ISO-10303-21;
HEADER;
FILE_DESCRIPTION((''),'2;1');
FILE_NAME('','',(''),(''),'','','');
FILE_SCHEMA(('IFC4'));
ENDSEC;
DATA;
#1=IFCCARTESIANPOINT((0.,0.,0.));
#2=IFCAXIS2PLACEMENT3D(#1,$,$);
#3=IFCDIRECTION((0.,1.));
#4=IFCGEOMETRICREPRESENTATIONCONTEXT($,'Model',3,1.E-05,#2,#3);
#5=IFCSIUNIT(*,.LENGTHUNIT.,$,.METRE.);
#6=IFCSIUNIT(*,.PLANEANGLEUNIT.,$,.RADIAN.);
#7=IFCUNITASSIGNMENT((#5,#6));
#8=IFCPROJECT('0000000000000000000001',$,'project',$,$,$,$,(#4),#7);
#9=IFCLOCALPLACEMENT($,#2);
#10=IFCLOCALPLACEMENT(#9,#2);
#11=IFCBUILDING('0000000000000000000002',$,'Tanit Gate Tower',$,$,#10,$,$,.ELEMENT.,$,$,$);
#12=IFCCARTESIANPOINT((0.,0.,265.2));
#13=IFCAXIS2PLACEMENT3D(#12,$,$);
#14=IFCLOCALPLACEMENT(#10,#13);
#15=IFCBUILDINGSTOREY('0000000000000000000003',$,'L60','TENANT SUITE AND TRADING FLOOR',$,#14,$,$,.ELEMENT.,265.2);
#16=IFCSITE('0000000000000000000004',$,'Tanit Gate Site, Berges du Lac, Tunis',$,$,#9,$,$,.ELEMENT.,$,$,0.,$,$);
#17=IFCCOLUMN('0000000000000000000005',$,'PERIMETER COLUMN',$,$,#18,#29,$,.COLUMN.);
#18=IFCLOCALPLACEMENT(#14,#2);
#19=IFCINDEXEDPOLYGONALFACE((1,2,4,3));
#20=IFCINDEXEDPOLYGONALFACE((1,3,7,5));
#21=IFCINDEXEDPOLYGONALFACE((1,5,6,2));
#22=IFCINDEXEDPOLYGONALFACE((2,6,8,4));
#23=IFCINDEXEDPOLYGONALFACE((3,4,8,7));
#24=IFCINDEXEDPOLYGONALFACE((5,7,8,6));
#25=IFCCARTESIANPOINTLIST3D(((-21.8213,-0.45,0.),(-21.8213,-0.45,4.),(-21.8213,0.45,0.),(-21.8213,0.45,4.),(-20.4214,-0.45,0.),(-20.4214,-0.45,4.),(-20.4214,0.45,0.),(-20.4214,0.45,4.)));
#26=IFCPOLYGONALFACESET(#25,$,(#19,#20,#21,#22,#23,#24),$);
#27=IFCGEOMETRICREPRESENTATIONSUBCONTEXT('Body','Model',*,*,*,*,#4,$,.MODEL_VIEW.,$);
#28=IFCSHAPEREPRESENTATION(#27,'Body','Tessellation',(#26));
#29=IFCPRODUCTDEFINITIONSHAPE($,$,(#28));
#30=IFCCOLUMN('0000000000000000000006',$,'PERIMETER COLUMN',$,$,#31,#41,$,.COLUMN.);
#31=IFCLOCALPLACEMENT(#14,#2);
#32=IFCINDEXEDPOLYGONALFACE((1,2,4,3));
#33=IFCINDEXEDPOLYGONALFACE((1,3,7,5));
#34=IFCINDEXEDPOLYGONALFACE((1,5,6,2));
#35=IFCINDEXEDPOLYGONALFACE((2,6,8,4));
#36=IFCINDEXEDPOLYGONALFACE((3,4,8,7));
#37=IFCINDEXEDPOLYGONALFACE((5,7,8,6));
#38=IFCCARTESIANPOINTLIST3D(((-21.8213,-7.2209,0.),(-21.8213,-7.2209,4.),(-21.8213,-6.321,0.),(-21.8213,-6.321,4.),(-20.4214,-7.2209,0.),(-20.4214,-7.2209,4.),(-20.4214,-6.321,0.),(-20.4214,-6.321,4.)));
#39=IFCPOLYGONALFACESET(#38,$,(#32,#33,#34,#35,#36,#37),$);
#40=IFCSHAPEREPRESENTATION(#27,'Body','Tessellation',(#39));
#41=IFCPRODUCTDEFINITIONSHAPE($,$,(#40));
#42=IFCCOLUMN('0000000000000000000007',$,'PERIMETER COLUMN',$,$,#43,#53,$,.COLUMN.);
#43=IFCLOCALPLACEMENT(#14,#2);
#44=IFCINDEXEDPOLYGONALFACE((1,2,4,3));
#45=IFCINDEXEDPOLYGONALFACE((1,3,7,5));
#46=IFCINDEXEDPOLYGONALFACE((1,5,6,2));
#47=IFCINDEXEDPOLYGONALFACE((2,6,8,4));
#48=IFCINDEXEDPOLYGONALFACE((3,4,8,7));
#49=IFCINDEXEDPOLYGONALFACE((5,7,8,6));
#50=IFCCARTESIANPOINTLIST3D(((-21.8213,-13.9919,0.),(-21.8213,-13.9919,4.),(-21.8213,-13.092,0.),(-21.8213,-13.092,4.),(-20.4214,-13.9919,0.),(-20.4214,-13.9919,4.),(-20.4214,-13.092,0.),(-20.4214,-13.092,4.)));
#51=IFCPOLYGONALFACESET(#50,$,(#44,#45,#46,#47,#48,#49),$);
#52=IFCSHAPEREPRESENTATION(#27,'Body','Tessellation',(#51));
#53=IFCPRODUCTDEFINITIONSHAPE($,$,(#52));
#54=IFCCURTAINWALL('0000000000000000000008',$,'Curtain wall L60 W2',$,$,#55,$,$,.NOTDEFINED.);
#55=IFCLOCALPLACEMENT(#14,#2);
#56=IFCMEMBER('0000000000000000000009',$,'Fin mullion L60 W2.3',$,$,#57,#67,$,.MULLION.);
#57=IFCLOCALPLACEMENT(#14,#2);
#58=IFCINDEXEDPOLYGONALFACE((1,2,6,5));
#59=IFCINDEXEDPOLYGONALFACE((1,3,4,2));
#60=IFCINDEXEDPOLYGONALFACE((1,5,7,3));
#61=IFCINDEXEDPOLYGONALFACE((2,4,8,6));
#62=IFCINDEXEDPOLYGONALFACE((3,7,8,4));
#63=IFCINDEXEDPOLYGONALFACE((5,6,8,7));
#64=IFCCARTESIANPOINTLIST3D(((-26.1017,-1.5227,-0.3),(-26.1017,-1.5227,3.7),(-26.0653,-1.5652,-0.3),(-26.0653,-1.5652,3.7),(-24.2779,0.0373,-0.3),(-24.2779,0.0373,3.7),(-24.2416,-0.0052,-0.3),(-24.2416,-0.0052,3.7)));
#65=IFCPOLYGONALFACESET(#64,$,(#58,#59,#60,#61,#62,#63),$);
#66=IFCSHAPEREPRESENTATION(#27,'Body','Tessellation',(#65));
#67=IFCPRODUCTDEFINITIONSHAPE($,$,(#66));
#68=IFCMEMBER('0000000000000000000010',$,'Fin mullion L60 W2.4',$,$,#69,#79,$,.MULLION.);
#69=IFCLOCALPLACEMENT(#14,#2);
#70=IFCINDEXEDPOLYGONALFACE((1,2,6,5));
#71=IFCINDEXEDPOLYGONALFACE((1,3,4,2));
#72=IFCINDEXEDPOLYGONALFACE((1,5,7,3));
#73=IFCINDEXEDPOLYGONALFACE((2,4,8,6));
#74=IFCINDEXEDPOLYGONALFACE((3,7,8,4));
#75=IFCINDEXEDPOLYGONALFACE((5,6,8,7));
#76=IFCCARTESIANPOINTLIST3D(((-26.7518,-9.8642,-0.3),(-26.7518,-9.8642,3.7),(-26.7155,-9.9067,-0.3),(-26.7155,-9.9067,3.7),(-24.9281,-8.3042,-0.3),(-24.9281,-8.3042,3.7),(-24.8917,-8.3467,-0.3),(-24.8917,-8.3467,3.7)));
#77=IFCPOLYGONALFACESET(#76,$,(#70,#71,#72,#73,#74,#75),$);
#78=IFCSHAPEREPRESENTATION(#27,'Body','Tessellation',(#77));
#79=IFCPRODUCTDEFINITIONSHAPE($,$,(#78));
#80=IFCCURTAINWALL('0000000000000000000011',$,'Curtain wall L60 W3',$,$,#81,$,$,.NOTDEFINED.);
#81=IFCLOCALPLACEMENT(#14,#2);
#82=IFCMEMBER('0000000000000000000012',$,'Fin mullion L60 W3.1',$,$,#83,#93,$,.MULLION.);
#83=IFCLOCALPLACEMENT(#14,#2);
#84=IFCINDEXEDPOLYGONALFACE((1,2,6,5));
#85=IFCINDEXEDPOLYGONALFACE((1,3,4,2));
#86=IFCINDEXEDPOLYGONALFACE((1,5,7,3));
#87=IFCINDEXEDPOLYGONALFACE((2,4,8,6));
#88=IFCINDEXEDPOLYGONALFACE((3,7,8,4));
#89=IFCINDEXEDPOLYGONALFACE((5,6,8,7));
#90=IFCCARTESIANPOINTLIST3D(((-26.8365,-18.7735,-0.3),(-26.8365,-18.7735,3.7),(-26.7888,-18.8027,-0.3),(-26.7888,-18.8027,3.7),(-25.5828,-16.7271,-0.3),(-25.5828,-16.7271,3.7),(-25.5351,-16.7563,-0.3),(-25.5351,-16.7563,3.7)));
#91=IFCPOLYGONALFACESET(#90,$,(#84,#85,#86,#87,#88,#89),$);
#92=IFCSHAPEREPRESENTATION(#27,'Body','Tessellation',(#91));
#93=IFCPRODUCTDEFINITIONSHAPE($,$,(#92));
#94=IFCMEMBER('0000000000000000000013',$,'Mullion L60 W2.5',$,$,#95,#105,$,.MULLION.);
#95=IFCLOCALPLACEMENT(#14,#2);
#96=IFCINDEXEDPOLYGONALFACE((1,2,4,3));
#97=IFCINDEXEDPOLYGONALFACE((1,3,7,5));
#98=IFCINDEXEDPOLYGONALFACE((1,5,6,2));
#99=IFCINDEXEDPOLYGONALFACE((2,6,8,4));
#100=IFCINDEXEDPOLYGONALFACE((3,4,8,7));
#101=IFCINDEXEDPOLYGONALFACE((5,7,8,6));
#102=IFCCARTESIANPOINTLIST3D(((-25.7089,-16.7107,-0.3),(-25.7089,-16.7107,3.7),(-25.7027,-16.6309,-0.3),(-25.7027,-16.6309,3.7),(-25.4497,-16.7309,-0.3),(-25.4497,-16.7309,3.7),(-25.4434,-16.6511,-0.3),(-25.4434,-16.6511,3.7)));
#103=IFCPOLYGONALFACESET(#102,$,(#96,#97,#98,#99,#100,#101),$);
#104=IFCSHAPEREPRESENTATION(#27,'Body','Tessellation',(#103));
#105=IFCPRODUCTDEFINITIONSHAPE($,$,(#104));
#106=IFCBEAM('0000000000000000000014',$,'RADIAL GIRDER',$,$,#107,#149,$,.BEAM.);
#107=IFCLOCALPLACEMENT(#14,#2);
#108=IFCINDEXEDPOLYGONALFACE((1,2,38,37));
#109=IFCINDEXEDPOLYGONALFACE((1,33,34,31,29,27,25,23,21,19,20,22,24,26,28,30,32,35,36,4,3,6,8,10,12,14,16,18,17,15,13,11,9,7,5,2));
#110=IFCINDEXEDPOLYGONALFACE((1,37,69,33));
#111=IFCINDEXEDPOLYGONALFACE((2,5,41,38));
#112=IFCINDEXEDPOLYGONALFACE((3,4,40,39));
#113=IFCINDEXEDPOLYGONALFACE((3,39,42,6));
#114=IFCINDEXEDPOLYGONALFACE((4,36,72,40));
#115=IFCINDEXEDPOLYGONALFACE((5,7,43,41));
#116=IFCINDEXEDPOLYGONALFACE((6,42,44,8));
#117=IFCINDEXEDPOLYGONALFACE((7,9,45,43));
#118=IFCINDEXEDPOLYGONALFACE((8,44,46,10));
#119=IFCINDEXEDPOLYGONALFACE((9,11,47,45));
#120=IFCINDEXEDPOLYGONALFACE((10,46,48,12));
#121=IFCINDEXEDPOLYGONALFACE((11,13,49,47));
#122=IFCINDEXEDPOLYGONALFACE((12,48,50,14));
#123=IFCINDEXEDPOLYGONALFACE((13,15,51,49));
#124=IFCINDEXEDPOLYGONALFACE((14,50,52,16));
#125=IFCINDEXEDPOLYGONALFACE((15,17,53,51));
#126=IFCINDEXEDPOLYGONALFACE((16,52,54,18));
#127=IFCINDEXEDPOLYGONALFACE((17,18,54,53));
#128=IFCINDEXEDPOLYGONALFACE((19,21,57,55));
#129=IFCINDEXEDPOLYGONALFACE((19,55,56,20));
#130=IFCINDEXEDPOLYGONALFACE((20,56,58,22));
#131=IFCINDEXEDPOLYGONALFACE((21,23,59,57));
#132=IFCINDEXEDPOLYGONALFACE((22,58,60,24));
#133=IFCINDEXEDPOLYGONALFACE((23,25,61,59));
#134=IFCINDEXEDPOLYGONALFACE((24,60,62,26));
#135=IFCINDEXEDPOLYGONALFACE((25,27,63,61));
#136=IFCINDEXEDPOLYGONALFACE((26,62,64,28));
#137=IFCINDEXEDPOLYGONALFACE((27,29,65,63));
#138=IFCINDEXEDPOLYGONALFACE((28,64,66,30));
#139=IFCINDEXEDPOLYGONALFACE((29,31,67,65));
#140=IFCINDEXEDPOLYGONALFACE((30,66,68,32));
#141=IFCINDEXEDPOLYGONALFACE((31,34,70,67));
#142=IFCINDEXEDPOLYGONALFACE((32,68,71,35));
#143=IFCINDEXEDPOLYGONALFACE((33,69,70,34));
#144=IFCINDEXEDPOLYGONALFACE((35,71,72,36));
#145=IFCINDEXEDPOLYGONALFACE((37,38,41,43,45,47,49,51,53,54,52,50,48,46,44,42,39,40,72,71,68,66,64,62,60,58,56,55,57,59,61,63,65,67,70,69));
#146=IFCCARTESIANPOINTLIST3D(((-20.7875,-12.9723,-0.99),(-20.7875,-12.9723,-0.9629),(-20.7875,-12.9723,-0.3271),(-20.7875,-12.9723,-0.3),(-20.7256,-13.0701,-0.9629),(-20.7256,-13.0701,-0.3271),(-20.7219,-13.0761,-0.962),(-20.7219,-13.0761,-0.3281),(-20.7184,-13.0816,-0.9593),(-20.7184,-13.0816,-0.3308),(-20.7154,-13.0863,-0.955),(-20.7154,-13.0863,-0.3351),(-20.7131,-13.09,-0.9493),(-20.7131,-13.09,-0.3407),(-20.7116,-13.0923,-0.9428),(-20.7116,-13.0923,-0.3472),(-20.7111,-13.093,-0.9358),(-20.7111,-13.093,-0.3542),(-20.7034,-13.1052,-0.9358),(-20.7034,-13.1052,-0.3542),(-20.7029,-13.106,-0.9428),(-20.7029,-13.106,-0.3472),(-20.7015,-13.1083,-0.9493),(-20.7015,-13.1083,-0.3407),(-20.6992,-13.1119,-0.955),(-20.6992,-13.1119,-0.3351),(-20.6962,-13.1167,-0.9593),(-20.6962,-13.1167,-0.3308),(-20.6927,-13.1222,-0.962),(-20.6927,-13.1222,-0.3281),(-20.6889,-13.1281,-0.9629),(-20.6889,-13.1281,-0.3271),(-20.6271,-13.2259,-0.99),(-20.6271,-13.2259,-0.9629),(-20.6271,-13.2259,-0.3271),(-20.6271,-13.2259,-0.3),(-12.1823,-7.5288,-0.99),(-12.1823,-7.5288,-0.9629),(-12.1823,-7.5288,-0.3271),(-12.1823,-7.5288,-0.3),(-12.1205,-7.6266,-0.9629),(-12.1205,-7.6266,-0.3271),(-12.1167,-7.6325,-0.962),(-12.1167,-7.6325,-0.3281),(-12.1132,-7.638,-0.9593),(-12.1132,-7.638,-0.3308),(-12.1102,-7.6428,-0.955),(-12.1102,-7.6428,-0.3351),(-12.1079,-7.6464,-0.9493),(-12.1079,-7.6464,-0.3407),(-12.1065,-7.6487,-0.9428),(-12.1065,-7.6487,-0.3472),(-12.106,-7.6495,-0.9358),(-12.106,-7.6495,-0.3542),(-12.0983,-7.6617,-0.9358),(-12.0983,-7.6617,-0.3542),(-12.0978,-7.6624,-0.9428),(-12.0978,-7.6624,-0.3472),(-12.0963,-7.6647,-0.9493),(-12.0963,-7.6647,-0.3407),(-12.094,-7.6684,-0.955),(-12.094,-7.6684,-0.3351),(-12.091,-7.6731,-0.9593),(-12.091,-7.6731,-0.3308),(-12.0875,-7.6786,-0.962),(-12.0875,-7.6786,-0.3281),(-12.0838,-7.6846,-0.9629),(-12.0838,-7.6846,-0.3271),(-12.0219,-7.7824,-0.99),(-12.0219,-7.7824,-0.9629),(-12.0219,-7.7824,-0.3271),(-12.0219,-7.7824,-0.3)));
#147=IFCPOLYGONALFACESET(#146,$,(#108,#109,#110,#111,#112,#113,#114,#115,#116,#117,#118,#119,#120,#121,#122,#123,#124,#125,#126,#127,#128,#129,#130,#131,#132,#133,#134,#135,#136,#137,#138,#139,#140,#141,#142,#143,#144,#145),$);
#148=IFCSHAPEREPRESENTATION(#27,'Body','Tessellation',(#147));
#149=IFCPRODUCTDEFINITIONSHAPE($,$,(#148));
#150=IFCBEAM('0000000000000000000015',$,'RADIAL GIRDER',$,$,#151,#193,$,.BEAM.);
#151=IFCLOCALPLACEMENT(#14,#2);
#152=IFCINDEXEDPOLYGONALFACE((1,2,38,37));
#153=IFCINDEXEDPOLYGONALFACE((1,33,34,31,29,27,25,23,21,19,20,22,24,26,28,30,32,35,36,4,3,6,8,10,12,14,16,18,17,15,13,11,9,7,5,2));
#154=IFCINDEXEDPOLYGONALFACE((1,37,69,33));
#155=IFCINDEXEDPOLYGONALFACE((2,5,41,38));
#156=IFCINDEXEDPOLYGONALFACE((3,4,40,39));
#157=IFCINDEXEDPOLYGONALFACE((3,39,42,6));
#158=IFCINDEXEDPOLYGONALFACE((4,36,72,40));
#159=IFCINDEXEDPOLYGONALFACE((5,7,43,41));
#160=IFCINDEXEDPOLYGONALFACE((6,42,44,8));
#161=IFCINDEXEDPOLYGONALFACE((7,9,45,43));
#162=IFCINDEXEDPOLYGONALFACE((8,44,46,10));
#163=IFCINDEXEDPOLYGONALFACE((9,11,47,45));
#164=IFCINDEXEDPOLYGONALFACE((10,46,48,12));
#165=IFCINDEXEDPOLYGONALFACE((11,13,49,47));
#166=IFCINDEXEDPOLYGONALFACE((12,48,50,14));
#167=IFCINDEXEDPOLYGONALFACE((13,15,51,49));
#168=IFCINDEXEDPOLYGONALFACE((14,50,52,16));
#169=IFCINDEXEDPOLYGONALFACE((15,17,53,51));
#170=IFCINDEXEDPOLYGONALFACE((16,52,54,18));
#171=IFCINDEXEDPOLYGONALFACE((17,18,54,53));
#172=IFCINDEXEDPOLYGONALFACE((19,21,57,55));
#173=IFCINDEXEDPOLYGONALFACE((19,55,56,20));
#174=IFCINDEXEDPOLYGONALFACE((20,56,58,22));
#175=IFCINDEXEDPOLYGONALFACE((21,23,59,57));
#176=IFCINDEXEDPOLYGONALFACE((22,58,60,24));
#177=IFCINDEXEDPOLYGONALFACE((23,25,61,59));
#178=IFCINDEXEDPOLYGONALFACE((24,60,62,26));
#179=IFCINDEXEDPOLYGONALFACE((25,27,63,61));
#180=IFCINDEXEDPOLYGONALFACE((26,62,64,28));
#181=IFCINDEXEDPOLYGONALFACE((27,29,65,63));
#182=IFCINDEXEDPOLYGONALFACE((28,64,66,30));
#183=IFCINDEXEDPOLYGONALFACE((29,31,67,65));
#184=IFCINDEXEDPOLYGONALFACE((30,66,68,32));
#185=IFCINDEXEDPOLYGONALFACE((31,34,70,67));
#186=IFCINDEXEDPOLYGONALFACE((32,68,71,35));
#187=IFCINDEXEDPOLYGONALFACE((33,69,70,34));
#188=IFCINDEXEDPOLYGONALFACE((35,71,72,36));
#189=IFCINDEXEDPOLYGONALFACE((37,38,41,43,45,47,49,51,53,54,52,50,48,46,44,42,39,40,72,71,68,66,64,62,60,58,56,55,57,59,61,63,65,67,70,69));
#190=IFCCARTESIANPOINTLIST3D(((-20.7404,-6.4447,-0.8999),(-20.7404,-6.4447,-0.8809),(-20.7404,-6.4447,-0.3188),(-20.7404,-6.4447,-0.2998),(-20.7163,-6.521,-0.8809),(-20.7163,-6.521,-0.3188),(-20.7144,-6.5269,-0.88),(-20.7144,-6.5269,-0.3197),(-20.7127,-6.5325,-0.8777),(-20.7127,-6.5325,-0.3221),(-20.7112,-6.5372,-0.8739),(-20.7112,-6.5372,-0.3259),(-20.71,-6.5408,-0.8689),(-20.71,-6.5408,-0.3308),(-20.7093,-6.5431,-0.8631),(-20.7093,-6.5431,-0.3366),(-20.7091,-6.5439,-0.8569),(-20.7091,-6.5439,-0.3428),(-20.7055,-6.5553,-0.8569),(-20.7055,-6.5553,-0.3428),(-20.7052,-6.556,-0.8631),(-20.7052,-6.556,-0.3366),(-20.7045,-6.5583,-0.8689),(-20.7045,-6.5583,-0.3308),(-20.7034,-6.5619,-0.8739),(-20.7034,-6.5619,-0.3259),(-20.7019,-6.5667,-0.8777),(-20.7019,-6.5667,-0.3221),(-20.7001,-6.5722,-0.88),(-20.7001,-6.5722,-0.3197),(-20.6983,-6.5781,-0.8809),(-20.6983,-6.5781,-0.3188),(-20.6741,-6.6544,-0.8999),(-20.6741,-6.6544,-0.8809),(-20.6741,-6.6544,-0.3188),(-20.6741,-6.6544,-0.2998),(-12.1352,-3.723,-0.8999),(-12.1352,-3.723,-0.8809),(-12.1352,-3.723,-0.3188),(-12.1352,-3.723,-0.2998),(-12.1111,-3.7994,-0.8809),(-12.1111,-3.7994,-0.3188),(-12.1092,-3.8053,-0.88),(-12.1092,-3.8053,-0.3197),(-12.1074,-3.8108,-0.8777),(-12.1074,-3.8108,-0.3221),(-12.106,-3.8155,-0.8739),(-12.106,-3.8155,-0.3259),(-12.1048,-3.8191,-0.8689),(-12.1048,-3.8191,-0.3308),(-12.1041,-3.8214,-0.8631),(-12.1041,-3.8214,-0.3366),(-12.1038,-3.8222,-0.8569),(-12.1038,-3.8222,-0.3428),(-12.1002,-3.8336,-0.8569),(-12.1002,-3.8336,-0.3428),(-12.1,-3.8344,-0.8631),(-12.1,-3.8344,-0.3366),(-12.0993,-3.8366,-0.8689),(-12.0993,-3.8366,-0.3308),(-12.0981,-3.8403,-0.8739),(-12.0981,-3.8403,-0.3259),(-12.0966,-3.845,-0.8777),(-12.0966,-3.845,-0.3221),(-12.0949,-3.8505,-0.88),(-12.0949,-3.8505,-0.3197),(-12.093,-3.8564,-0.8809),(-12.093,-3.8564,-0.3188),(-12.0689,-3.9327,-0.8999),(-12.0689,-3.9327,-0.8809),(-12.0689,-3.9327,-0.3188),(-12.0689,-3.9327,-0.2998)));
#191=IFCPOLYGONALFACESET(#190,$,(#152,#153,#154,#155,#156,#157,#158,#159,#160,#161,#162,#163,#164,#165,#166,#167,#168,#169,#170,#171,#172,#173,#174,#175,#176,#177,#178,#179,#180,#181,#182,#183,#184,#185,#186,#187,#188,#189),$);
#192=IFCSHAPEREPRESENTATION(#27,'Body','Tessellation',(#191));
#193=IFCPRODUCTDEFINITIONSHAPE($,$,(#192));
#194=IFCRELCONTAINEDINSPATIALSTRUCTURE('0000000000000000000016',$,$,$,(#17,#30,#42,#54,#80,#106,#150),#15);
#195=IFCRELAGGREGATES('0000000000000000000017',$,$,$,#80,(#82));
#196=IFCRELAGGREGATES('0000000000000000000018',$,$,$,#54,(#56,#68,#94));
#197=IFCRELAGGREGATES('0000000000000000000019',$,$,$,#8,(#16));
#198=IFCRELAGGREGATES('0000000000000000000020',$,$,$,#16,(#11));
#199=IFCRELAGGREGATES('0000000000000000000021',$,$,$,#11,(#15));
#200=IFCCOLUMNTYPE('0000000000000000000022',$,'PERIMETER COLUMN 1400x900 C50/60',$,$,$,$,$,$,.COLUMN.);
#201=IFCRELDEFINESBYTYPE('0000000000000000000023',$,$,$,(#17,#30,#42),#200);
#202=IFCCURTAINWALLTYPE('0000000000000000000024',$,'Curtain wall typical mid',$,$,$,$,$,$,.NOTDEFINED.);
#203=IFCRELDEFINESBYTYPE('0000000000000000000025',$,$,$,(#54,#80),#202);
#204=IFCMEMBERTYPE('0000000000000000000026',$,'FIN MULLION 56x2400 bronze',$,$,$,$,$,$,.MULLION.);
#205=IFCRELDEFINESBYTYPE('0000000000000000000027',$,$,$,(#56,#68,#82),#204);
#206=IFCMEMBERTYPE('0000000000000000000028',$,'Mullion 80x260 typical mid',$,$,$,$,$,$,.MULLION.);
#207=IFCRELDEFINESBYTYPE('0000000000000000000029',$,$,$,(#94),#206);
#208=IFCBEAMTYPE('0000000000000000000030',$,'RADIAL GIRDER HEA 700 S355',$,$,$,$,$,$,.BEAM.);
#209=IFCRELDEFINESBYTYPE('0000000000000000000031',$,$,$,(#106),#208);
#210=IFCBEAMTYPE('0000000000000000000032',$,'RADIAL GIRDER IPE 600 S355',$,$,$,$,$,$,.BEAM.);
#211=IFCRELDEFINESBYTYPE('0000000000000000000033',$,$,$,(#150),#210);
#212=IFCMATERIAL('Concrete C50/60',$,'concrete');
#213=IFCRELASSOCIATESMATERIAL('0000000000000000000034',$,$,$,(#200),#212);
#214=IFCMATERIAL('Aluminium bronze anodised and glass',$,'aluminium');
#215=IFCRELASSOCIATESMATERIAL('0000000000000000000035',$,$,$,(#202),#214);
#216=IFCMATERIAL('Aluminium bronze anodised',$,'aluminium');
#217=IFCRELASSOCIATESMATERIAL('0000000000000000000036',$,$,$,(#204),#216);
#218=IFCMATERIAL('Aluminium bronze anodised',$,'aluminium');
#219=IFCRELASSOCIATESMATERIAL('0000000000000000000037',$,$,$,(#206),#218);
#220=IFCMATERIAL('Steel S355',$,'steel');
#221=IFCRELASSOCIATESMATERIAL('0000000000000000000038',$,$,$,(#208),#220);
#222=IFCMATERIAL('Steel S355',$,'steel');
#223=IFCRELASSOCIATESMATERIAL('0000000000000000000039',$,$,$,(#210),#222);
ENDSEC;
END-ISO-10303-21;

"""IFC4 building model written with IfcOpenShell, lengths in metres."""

from ifc_helpers import new_model, si_unit, direction, frame, origin, origin_2d, place, context, subcontext, project, spatial, rectangle, i_section, extrude, material, material_profile, profile_set, type_object, element, aggregate, save


model = new_model("IFC4")

# Units and contexts
model_context = context("Model", 3, precision=1e-05, world=origin(), true_north=direction((0.0, 1.0)))
body_context = subcontext(model_context, "Body", "Model", "MODEL_VIEW")
ifc_project = project(units=[si_unit("LENGTHUNIT", "METRE"), si_unit("PLANEANGLEUNIT", "RADIAN")], contexts=[model_context])

# Site, building, storey
site_placement = place(None, origin())
site = spatial("IfcSite", under=ifc_project, at=site_placement, Name="Tanit Gate Site, Berges du Lac, Tunis", CompositionType="ELEMENT", RefElevation=0.0)
building_placement = place(site_placement, origin())
building = spatial("IfcBuilding", under=site, at=building_placement, Name="Tanit Gate Tower", CompositionType="ELEMENT")
storey_placement = place(building_placement, frame((0.0, 0.0, 265.2)))
storey = spatial("IfcBuildingStorey", under=building, at=storey_placement, Name="L60", Description="TENANT SUITE AND TRADING FLOOR", CompositionType="ELEMENT", Elevation=265.2)

# Columns
ifc_material_1 = material(Name="Concrete C50/60", Category="concrete")
ifc_material_profile_1 = material_profile(ifc_material_1, rectangle(XDim=1.3999, YDim=0.8999, at=origin_2d()), Name="RC 1400x900")
ifc_profile_set_1 = profile_set([ifc_material_profile_1], Name="Concrete C50/60")
column_type = type_object("IfcColumnType", Name="PERIMETER COLUMN 1400x900 C50/60", PredefinedType="COLUMN", material=ifc_profile_set_1)
for number, where, z_axis, x_axis, name in (
    (1, (-21.1213, 0.0, 0.0), (0.0, 0.0, 1.0), (-1.0, 0.0, 0.0), "PERIMETER COLUMN"),
    (2, (-21.1213, -6.771, 0.0), (0.0, 0.0, 1.0), (-1.0, 0.0, 0.0), "PERIMETER COLUMN"),
    (3, (-21.1213, -13.542, 0.0), (0.0, 0.0, 1.0), (-1.0, 0.0, 0.0), "PERIMETER COLUMN"),
):
    element("IfcColumn", number, at=place(storey_placement, frame(where, z_axis=z_axis, x_axis=x_axis)), inside=storey, type_object=column_type, Name=name, PredefinedType="COLUMN", context=body_context, shape_type="SweptSolid", body=[
        extrude(rectangle(XDim=1.3999, YDim=0.8999, at=origin_2d()), origin(), (0.0, 0.0, 1.0), 4.0),
    ])

# Curtain wall, members
ifc_material_2 = material(Name="Aluminium bronze anodised and glass", Category="aluminium")
curtain_wall_type = type_object("IfcCurtainWallType", Name="Curtain wall typical mid", PredefinedType="NOTDEFINED", material=ifc_material_2)
curtain_wall_1_placement = place(storey_placement, origin())
curtain_wall_1 = element("IfcCurtainWall", 4, at=curtain_wall_1_placement, inside=storey, type_object=curtain_wall_type, Name="Curtain wall L60 W2", PredefinedType="NOTDEFINED")
ifc_material_3 = material(Name="Aluminium bronze anodised", Category="aluminium")
ifc_material_profile_2 = material_profile(ifc_material_3, rectangle(XDim=2.3999, YDim=0.0559, at=origin_2d()), Name="56x2400 bronze fin mullion")
ifc_profile_set_2 = profile_set([ifc_material_profile_2], Name="Aluminium bronze anodised")
member_type_1 = type_object("IfcMemberType", Name="FIN MULLION 56x2400 bronze", PredefinedType="MULLION", material=ifc_profile_set_2)
member_1_placement = place(storey_placement, frame((-25.1716, -0.7639, -0.3), z_axis=(0.0, 0.0, 1.0), x_axis=(0.759912, 0.650026, 0.0)))
member_1 = element("IfcMember", 5, at=member_1_placement, type_object=member_type_1, Name="Fin mullion L60 W2.3", PredefinedType="MULLION", context=body_context, shape_type="SweptSolid", body=[
    extrude(rectangle(XDim=2.3999, YDim=0.0559, at=origin_2d()), origin(), (0.0, 0.0, 1.0), 4.0),
])
member_2_placement = place(storey_placement, frame((-25.8218, -9.1055, -0.3), z_axis=(0.0, 0.0, 1.0), x_axis=(0.759912, 0.650026, 0.0)))
member_2 = element("IfcMember", 6, at=member_2_placement, type_object=member_type_1, Name="Fin mullion L60 W2.4", PredefinedType="MULLION", context=body_context, shape_type="SweptSolid", body=[
    extrude(rectangle(XDim=2.3999, YDim=0.0559, at=origin_2d()), origin(), (0.0, 0.0, 1.0), 4.0),
])

# Curtain wall, member
curtain_wall_2_placement = place(storey_placement, origin())
curtain_wall_2 = element("IfcCurtainWall", 7, at=curtain_wall_2_placement, inside=storey, type_object=curtain_wall_type, Name="Curtain wall L60 W3", PredefinedType="NOTDEFINED")
member_3_placement = place(storey_placement, frame((-26.1858, -17.7649, -0.3), z_axis=(0.0, 0.0, 1.0), x_axis=(0.522414, 0.852692, 0.0)))
member_3 = element("IfcMember", 8, at=member_3_placement, type_object=member_type_1, Name="Fin mullion L60 W3.1", PredefinedType="MULLION", context=body_context, shape_type="SweptSolid", body=[
    extrude(rectangle(XDim=2.3999, YDim=0.0559, at=origin_2d()), origin(), (0.0, 0.0, 1.0), 4.0),
])

# Member
ifc_material_4 = material(Name="Aluminium bronze anodised", Category="aluminium")
ifc_material_profile_3 = material_profile(ifc_material_4, rectangle(XDim=0.26, YDim=0.0801, at=origin_2d()), Name="80x260 bronze mullion")
ifc_profile_set_3 = profile_set([ifc_material_profile_3], Name="Aluminium bronze anodised")
member_type_2 = type_object("IfcMemberType", Name="Mullion 80x260 typical mid", PredefinedType="MULLION", material=ifc_profile_set_3)
member_4_placement = place(storey_placement, frame((-25.5762, -16.6809, -0.3), z_axis=(0.0, 0.0, 1.0), x_axis=(0.996977, -0.077701, 0.0)))
member_4 = element("IfcMember", 9, at=member_4_placement, type_object=member_type_2, Name="Mullion L60 W2.5", PredefinedType="MULLION", context=body_context, shape_type="SweptSolid", body=[
    extrude(rectangle(XDim=0.26, YDim=0.0801, at=origin_2d()), origin(), (0.0, 0.0, 1.0), 4.0),
])

# Beams
ifc_material_5 = material(Name="Steel S355", Category="steel")
ifc_material_profile_4 = material_profile(ifc_material_5, i_section(OverallWidth=0.3, OverallDepth=0.6899, WebThickness=0.0144, FlangeThickness=0.0271, FilletRadius=0.0271, at=origin_2d()), Name="HEA 700")
ifc_profile_set_4 = profile_set([ifc_material_profile_4], Name="Steel S355")
beam_type_1 = type_object("IfcBeamType", Name="RADIAL GIRDER HEA 700 S355", PredefinedType="BEAM", material=ifc_profile_set_4)
beam_1_placement = place(storey_placement, frame((-20.7073, -13.0991, -0.645), z_axis=(0.845102, 0.534605, 0.0), x_axis=(-0.534605, 0.845102, 0.0)))
element("IfcBeam", 10, at=beam_1_placement, inside=storey, type_object=beam_type_1, Name="RADIAL GIRDER", PredefinedType="BEAM", context=body_context, shape_type="SweptSolid", body=[
    extrude(i_section(OverallWidth=0.3, OverallDepth=0.6899, WebThickness=0.0144, FlangeThickness=0.0271, FilletRadius=0.0271, at=origin_2d()), origin(), (0.0, 0.0, 1.0), 10.1824),
])
ifc_material_6 = material(Name="Steel S355", Category="steel")
ifc_material_profile_5 = material_profile(ifc_material_6, i_section(OverallWidth=0.22, OverallDepth=0.6001, WebThickness=0.012, FlangeThickness=0.019, FilletRadius=0.0239, at=origin_2d()), Name="IPE 600")
ifc_profile_set_5 = profile_set([ifc_material_profile_5], Name="Steel S355")
beam_type_2 = type_object("IfcBeamType", Name="RADIAL GIRDER IPE 600 S355", PredefinedType="BEAM", material=ifc_profile_set_5)
beam_2_placement = place(storey_placement, frame((-20.7073, -6.5496, -0.5999), z_axis=(0.953448, 0.301559, 0.0), x_axis=(-0.301559, 0.953448, 0.0)))
element("IfcBeam", 11, at=beam_2_placement, inside=storey, type_object=beam_type_2, Name="RADIAL GIRDER", PredefinedType="BEAM", context=body_context, shape_type="SweptSolid", body=[
    extrude(i_section(OverallWidth=0.22, OverallDepth=0.6001, WebThickness=0.012, FlangeThickness=0.019, FilletRadius=0.0239, at=origin_2d()), origin(), (0.0, 0.0, 1.0), 9.0254),
])

aggregate(curtain_wall_2, [member_3])

aggregate(curtain_wall_1, [member_1, member_2, member_4])

save(model, "model.ifc")
